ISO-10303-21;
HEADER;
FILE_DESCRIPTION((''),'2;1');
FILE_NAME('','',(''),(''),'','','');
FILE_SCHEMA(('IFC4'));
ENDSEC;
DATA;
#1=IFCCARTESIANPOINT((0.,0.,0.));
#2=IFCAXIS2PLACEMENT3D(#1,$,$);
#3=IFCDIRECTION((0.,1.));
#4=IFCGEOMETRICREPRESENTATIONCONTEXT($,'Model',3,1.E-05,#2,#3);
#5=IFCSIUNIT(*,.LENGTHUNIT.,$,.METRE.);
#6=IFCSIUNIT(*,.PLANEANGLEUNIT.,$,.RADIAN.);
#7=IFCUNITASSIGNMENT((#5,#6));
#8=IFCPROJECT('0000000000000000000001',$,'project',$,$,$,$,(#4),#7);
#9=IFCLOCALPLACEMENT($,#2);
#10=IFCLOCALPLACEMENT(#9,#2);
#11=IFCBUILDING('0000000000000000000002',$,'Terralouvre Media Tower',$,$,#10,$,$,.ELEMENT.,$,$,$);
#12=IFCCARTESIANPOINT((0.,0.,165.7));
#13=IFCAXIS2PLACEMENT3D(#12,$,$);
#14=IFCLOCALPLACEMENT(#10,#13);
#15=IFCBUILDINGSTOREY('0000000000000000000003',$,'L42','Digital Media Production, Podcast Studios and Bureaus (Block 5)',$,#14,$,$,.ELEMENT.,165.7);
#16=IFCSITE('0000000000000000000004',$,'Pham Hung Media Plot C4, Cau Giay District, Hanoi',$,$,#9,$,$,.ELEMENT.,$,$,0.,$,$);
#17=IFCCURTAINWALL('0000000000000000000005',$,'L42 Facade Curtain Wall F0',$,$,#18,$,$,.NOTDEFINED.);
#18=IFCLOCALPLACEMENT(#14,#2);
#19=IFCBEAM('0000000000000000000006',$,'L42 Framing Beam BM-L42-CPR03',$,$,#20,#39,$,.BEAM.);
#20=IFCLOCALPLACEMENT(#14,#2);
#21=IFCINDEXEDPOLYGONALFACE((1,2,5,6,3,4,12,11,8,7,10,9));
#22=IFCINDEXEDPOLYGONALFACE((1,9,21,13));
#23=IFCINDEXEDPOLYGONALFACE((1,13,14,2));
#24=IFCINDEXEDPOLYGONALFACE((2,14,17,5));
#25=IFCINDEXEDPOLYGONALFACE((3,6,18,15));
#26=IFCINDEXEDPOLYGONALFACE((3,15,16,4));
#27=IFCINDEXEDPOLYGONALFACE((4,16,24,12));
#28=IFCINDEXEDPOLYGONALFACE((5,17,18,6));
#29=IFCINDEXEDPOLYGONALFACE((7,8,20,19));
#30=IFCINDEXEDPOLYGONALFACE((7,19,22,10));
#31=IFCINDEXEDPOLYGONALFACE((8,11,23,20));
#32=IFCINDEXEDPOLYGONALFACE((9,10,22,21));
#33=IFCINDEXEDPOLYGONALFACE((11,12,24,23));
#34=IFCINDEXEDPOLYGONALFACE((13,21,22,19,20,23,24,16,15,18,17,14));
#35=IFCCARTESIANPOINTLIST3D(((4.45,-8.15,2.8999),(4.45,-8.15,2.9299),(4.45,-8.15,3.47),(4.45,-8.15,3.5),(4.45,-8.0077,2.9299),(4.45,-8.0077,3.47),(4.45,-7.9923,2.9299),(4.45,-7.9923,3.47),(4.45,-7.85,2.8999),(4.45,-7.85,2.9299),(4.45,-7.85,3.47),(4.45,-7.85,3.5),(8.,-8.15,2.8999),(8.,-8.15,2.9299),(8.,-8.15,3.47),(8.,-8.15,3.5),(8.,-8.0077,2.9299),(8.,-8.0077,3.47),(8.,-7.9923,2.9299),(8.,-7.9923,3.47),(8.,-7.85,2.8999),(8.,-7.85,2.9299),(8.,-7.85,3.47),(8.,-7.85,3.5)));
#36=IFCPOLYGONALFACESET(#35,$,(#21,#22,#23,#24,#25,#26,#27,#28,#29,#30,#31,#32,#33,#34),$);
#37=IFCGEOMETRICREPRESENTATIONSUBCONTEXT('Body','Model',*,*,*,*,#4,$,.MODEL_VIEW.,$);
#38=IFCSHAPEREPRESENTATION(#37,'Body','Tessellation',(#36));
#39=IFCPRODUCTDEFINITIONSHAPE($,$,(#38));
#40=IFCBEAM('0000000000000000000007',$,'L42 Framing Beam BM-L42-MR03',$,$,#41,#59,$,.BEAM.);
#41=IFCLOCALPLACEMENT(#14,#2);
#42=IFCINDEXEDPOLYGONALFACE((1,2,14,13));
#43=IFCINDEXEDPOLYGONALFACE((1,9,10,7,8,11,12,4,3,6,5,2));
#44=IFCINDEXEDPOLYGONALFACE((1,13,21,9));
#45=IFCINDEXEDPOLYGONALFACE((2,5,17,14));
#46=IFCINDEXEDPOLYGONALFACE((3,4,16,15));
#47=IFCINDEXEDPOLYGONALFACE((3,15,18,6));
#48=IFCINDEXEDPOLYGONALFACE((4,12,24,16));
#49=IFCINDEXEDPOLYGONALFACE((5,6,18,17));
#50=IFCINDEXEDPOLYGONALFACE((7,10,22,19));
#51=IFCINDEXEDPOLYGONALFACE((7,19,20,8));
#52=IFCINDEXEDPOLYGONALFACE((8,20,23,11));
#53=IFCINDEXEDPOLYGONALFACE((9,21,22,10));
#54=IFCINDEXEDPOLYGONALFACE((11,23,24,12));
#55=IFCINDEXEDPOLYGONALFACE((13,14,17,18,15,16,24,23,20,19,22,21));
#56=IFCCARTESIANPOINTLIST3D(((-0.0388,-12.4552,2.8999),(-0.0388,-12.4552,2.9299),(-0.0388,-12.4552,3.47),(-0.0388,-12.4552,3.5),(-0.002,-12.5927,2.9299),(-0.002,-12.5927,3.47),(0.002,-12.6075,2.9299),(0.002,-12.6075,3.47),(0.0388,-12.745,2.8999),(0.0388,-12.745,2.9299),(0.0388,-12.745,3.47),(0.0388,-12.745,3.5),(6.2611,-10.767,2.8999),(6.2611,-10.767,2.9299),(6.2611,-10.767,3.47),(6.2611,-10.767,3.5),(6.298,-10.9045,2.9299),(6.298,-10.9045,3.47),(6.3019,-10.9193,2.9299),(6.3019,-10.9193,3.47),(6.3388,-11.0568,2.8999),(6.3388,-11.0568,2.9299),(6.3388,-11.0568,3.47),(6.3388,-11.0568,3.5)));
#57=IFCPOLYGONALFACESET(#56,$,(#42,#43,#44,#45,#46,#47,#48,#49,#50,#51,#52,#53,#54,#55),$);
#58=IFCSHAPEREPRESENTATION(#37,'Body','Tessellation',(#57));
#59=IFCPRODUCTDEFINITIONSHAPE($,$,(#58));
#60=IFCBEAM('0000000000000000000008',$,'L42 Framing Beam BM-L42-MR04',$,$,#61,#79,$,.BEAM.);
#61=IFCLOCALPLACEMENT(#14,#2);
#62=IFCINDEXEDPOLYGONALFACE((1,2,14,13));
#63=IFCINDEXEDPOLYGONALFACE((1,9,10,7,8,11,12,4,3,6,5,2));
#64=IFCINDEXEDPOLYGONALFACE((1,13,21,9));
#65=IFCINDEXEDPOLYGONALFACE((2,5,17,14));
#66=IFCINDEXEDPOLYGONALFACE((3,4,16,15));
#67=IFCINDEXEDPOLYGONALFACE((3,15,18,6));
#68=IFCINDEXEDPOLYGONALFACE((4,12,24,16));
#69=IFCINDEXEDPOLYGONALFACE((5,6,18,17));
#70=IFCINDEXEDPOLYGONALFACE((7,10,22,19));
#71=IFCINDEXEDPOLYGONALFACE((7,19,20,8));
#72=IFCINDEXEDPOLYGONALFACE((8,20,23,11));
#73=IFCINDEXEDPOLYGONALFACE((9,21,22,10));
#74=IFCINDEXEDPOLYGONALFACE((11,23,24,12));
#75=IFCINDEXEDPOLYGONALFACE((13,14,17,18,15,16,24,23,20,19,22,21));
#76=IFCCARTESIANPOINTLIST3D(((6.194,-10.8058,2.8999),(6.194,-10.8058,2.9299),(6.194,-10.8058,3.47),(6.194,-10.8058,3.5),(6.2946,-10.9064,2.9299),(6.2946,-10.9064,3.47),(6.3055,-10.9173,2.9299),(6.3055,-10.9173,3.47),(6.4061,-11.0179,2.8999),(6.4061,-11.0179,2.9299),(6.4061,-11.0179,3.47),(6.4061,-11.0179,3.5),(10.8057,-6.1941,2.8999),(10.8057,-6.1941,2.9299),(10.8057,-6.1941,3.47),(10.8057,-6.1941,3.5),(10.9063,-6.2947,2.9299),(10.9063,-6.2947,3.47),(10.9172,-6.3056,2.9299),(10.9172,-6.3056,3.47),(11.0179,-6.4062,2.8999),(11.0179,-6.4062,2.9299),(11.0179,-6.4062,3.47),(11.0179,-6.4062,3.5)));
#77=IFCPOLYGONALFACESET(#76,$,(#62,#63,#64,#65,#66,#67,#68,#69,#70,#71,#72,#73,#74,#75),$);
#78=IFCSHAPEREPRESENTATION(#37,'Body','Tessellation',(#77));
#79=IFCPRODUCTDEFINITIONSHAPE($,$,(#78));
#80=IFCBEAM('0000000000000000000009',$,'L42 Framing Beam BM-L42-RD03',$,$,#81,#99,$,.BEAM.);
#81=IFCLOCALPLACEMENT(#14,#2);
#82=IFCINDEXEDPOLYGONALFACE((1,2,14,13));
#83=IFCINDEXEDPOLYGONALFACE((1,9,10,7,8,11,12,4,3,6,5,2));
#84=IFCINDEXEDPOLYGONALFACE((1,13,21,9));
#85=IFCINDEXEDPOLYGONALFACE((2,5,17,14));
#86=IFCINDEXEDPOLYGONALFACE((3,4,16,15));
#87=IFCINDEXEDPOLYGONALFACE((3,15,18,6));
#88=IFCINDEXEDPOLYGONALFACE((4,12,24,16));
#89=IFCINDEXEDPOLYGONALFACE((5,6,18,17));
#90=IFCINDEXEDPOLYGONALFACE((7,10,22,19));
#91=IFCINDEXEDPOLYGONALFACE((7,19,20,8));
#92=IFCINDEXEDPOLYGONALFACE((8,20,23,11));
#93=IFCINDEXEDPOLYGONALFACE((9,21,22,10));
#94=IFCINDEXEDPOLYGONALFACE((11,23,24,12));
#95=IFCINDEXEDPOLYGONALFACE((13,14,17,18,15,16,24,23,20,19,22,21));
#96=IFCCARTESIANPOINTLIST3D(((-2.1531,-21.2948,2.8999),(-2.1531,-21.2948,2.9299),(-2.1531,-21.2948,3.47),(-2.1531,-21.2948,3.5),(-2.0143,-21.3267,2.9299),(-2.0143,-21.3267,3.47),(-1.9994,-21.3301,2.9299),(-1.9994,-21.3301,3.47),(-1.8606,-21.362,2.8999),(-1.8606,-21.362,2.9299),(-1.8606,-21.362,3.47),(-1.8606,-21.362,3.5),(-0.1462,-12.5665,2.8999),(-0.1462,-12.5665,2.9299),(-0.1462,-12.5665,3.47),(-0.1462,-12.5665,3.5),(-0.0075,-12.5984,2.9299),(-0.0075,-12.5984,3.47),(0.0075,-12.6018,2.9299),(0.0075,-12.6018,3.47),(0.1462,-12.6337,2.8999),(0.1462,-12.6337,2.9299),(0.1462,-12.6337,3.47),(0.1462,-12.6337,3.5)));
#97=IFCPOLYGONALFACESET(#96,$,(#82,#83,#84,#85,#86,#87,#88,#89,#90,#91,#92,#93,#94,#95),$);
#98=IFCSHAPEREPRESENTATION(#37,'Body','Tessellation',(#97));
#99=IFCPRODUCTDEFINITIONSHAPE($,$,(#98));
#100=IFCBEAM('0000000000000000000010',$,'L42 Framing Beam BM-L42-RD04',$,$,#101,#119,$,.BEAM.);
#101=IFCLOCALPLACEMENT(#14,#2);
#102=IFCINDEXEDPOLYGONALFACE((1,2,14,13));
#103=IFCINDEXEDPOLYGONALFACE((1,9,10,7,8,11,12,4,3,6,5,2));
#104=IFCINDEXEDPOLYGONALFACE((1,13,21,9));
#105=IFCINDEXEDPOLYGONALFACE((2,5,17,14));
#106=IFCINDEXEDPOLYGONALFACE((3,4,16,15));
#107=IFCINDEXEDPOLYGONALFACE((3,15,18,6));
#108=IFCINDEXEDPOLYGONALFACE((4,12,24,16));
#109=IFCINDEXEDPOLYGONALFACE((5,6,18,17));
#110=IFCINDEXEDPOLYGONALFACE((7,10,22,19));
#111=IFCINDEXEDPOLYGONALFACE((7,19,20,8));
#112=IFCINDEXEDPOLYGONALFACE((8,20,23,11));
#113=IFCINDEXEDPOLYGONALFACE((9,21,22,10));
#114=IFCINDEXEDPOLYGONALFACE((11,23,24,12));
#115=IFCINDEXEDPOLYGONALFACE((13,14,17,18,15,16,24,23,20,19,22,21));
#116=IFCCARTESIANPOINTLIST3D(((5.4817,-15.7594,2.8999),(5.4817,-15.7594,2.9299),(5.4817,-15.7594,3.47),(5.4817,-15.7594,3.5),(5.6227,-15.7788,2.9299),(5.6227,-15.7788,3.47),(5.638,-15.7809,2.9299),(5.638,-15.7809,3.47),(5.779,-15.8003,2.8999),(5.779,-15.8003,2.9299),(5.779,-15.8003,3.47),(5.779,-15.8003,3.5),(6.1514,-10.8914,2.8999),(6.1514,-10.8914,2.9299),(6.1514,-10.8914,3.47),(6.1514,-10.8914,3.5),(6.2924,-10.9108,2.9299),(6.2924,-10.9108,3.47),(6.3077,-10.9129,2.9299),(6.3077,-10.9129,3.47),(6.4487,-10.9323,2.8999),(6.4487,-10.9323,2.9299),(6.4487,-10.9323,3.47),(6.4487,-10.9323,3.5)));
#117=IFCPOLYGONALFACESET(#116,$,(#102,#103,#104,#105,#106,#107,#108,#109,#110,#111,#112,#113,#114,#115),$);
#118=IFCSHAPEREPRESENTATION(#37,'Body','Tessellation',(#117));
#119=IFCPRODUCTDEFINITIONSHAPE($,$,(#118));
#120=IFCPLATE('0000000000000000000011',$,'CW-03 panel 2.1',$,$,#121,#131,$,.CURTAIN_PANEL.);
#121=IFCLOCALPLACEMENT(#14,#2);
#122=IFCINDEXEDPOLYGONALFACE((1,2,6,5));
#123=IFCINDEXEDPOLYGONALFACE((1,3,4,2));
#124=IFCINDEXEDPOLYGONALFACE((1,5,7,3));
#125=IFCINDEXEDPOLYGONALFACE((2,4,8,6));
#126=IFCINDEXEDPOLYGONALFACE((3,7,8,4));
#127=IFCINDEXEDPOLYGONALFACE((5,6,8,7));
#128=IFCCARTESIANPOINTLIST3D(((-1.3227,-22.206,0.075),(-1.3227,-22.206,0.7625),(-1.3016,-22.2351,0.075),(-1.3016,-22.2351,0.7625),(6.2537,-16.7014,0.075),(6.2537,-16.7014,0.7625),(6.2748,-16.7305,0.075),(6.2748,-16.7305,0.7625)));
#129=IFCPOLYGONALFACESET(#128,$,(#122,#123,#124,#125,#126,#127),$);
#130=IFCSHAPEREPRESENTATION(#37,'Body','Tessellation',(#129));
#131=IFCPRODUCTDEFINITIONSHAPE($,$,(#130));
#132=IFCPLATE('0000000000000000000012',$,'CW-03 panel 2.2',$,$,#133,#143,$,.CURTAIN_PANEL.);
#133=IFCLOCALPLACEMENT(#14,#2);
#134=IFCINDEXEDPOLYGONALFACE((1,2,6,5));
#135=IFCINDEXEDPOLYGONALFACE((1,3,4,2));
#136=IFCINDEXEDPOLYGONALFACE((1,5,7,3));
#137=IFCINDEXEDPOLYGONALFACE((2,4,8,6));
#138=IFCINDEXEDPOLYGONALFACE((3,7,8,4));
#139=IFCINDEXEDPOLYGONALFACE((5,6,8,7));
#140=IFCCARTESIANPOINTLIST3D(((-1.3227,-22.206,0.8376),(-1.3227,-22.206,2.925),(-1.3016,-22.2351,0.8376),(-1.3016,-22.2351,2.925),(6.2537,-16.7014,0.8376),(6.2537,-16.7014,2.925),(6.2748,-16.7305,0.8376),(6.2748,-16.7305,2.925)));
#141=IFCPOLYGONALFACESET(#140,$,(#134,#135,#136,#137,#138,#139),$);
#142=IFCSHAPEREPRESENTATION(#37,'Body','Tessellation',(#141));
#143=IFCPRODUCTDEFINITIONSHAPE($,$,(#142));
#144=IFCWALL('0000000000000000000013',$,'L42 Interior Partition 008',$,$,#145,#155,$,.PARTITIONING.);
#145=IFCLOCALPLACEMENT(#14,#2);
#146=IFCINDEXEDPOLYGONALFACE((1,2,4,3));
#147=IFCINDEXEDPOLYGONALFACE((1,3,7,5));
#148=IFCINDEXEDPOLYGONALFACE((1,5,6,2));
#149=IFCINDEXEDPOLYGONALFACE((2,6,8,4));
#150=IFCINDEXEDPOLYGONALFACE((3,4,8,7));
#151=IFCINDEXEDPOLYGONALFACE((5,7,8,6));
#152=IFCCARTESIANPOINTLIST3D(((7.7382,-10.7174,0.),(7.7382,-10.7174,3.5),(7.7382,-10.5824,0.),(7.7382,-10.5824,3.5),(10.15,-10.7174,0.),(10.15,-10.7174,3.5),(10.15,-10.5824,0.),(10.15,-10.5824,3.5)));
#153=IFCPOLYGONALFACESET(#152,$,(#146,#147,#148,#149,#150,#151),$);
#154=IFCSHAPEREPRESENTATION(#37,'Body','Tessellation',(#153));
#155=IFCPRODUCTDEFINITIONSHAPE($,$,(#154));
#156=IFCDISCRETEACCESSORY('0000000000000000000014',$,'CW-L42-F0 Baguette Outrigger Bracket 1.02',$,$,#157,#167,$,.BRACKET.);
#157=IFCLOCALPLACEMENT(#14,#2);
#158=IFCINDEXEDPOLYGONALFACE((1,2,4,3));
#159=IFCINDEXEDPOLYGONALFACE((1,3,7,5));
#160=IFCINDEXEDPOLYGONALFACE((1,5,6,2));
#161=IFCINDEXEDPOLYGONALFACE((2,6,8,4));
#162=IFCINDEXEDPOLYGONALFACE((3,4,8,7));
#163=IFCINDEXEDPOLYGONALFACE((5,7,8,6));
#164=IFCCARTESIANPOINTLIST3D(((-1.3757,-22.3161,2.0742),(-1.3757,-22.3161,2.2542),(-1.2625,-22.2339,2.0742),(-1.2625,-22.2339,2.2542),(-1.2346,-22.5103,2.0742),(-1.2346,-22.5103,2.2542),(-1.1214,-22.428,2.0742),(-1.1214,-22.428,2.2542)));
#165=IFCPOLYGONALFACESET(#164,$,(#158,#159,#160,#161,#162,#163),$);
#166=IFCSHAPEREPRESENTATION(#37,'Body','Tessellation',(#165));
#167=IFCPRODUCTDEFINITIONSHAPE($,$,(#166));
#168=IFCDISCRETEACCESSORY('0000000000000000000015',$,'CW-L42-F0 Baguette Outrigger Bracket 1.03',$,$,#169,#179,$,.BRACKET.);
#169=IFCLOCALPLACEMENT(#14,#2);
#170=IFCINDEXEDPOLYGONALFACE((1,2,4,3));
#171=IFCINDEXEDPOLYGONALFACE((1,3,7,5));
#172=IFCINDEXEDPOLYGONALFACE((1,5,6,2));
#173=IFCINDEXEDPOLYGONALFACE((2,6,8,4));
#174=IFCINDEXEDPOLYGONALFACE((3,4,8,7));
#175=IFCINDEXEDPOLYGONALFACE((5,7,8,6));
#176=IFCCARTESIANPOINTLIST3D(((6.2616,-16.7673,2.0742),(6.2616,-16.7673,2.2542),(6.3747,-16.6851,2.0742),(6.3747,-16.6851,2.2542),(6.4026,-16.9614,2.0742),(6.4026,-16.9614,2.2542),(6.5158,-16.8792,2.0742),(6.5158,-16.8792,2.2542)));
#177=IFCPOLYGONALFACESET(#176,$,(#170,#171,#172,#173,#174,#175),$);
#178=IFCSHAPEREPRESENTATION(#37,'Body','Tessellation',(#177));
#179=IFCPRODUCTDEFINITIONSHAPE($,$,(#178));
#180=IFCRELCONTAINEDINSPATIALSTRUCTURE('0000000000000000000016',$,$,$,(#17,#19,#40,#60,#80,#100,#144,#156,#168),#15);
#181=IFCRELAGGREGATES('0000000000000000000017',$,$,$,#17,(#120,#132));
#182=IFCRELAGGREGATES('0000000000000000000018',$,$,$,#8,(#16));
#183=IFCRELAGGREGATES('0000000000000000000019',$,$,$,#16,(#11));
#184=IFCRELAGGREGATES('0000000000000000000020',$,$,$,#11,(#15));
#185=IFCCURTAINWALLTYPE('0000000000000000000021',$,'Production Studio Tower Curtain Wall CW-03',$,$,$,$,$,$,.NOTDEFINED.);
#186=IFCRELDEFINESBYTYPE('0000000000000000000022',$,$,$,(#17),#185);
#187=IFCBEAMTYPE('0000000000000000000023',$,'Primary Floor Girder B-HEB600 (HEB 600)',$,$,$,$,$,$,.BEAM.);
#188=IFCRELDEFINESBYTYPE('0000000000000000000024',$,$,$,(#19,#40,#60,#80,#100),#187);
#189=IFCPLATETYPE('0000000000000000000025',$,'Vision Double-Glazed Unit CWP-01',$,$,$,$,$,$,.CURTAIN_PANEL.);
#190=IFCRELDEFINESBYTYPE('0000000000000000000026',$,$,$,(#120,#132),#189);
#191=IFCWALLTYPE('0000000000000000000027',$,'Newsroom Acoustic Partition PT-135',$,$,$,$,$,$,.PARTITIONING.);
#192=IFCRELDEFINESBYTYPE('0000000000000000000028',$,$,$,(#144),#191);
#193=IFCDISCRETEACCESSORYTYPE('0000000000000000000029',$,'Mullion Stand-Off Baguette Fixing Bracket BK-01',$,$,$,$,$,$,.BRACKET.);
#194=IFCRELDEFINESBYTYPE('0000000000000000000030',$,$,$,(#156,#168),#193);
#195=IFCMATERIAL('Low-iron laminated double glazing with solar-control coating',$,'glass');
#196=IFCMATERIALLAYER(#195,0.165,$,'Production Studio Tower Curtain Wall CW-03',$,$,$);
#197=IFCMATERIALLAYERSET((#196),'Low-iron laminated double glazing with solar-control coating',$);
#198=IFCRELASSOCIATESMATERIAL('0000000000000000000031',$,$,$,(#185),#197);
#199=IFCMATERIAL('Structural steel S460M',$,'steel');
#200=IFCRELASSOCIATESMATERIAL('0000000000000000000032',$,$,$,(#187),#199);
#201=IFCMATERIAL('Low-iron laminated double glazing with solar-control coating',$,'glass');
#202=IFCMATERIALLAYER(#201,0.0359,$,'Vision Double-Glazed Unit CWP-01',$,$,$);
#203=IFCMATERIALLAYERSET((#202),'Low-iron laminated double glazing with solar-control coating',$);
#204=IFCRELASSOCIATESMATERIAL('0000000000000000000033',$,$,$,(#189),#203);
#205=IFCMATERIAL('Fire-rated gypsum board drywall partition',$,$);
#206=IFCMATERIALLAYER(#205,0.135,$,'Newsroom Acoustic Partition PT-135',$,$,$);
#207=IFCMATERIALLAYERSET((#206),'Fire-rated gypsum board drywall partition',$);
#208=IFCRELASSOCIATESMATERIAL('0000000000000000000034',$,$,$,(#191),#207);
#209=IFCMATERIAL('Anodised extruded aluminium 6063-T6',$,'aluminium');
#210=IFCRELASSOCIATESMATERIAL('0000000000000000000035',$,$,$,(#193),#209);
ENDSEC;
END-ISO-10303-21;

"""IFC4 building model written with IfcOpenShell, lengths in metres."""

from ifc_helpers import new_model, si_unit, direction, frame, frame_2d, origin, origin_2d, place, context, subcontext, project, spatial, rectangle, i_section, extrude, material, layer, layer_set, material_profile, profile_set, type_object, element, aggregate, save


model = new_model("IFC4")

# Units and contexts
model_context = context("Model", 3, precision=1e-05, world=origin(), true_north=direction((0.0, 1.0)))
body_context = subcontext(model_context, "Body", "Model", "MODEL_VIEW")
ifc_project = project(units=[si_unit("LENGTHUNIT", "METRE"), si_unit("PLANEANGLEUNIT", "RADIAN")], contexts=[model_context])

# Site, building, storey
site_placement = place(None, origin())
site = spatial("IfcSite", under=ifc_project, at=site_placement, Name="Pham Hung Media Plot C4, Cau Giay District, Hanoi", CompositionType="ELEMENT", RefElevation=0.0)
building_placement = place(site_placement, origin())
building = spatial("IfcBuilding", under=site, at=building_placement, Name="Terralouvre Media Tower", CompositionType="ELEMENT")
storey_placement = place(building_placement, frame((0.0, 0.0, 165.7)))
storey = spatial("IfcBuildingStorey", under=building, at=storey_placement, Name="L42", Description="Digital Media Production, Podcast Studios and Bureaus (Block 5)", CompositionType="ELEMENT", Elevation=165.7)

# Curtain wall
ifc_material_1 = material(Name="Low-iron laminated double glazing with solar-control coating", Category="glass")
ifc_layer_1 = layer(ifc_material_1, 0.165, Name="Production Studio Tower Curtain Wall CW-03")
ifc_layer_set_1 = layer_set([ifc_layer_1], Name="Low-iron laminated double glazing with solar-control coating")
curtain_wall_type = type_object("IfcCurtainWallType", Name="Production Studio Tower Curtain Wall CW-03", PredefinedType="NOTDEFINED", material=ifc_layer_set_1)
curtain_wall_placement = place(storey_placement, origin())
curtain_wall = element("IfcCurtainWall", 1, at=curtain_wall_placement, inside=storey, type_object=curtain_wall_type, Name="L42 Facade Curtain Wall F0", PredefinedType="NOTDEFINED")

# Beams
ifc_material_2 = material(Name="Structural steel S460M", Category="steel")
ifc_material_profile_1 = material_profile(ifc_material_2, i_section(OverallWidth=0.3, OverallDepth=0.6001, WebThickness=0.0154, FlangeThickness=0.03, at=origin_2d()), Name="HEB 600")
ifc_profile_set_1 = profile_set([ifc_material_profile_1], Name="Structural steel S460M")
beam_type_1 = type_object("IfcBeamType", Name="Primary Floor Girder B-HEB600 (HEB 600)", PredefinedType="BEAM", material=ifc_profile_set_1)
beam_1_placement = place(storey_placement, frame((4.45, -8.0, 3.2), z_axis=(1.0, 0.0, 0.0), x_axis=(0.0, 1.0, 0.0)))
element("IfcBeam", 2, at=beam_1_placement, inside=storey, type_object=beam_type_1, Name="L42 Framing Beam BM-L42-CPR03", PredefinedType="BEAM", context=body_context, shape_type="SweptSolid", body=[
    extrude(i_section(OverallWidth=0.3, OverallDepth=0.6001, WebThickness=0.0154, FlangeThickness=0.03, at=origin_2d()), origin(), (0.0, 0.0, 1.0), 3.55),
])
beam_2_placement = place(storey_placement, frame((0.0, -12.6001, 3.2), z_axis=(0.96592, 0.258839, 0.0), x_axis=(-0.258839, 0.96592, 0.0)))
element("IfcBeam", 3, at=beam_2_placement, inside=storey, type_object=beam_type_1, Name="L42 Framing Beam BM-L42-MR03", PredefinedType="BEAM", context=body_context, shape_type="SweptSolid", body=[
    extrude(i_section(OverallWidth=0.3, OverallDepth=0.6001, WebThickness=0.0154, FlangeThickness=0.03, at=origin_2d()), origin(), (0.0, 0.0, 1.0), 6.5222),
])
beam_3_placement = place(storey_placement, frame((6.3, -10.9119, 3.2), z_axis=(0.707107, 0.707107, 0.0), x_axis=(-0.707107, 0.707107, 0.0)))
element("IfcBeam", 4, at=beam_3_placement, inside=storey, type_object=beam_type_1, Name="L42 Framing Beam BM-L42-MR04", PredefinedType="BEAM", context=body_context, shape_type="SweptSolid", body=[
    extrude(i_section(OverallWidth=0.3, OverallDepth=0.6001, WebThickness=0.0154, FlangeThickness=0.03, at=origin_2d()), origin(), (0.0, 0.0, 1.0), 6.522),
])
beam_4_placement = place(storey_placement, frame((0.0, -12.6001, 3.2), z_axis=(-0.224077, -0.974571, 0.0), x_axis=(0.974571, -0.224077, 0.0)))
element("IfcBeam", 5, at=beam_4_placement, inside=storey, type_object=beam_type_1, Name="L42 Framing Beam BM-L42-RD03", PredefinedType="BEAM", context=body_context, shape_type="SweptSolid", body=[
    extrude(i_section(OverallWidth=0.3, OverallDepth=0.6001, WebThickness=0.0154, FlangeThickness=0.03, at=origin_2d()), origin(), (0.0, 0.0, 1.0), 8.9561),
])
beam_5_placement = place(storey_placement, frame((6.3, -10.9119, 3.2), z_axis=(-0.136286, -0.99067, 0.0), x_axis=(0.99067, -0.136286, 0.0)))
element("IfcBeam", 6, at=beam_5_placement, inside=storey, type_object=beam_type_1, Name="L42 Framing Beam BM-L42-RD04", PredefinedType="BEAM", context=body_context, shape_type="SweptSolid", body=[
    extrude(i_section(OverallWidth=0.3, OverallDepth=0.6001, WebThickness=0.0154, FlangeThickness=0.03, at=origin_2d()), origin(), (0.0, 0.0, 1.0), 4.9138),
])

# Plates
ifc_material_3 = material(Name="Low-iron laminated double glazing with solar-control coating", Category="glass")
ifc_layer_2 = layer(ifc_material_3, 0.0359, Name="Vision Double-Glazed Unit CWP-01")
ifc_layer_set_2 = layer_set([ifc_layer_2], Name="Low-iron laminated double glazing with solar-control coating")
plate_type = type_object("IfcPlateType", Name="Vision Double-Glazed Unit CWP-01", PredefinedType="CURTAIN_PANEL", material=ifc_layer_set_2)
plate_1_placement = place(storey_placement, frame((2.4761, -19.4683, 0.075), z_axis=(0.0, 0.0, 1.0), x_axis=(0.809017, 0.587785, 0.0)))
plate_1 = element("IfcPlate", 7, at=plate_1_placement, type_object=plate_type, Name="CW-03 panel 2.1", PredefinedType="CURTAIN_PANEL", context=body_context, shape_type="SweptSolid", body=[
    extrude(rectangle(XDim=9.365, YDim=0.0359, at=origin_2d()), origin(), (0.0, 0.0, 1.0), 0.6875),
])
plate_2_placement = place(storey_placement, frame((2.4761, -19.4683, 0.8376), z_axis=(0.0, 0.0, 1.0), x_axis=(0.809017, 0.587785, 0.0)))
plate_2 = element("IfcPlate", 8, at=plate_2_placement, type_object=plate_type, Name="CW-03 panel 2.2", PredefinedType="CURTAIN_PANEL", context=body_context, shape_type="SweptSolid", body=[
    extrude(rectangle(XDim=9.365, YDim=0.0359, at=origin_2d()), origin(), (0.0, 0.0, 1.0), 2.0874),
])
aggregate(curtain_wall, [plate_1, plate_2])

# Wall
ifc_material_4 = material(Name="Fire-rated gypsum board drywall partition")
ifc_layer_3 = layer(ifc_material_4, 0.135, Name="Newsroom Acoustic Partition PT-135")
ifc_layer_set_3 = layer_set([ifc_layer_3], Name="Fire-rated gypsum board drywall partition")
wall_type = type_object("IfcWallType", Name="Newsroom Acoustic Partition PT-135", PredefinedType="PARTITIONING", material=ifc_layer_set_3)
wall_placement = place(storey_placement, frame((7.738, -10.6499, 0.0), z_axis=(0.0, 0.0, 1.0), x_axis=(1.0, 0.0, 0.0)))
element("IfcWall", 9, at=wall_placement, inside=storey, type_object=wall_type, Name="L42 Interior Partition 008", PredefinedType="PARTITIONING", context=body_context, shape_type="SweptSolid", body=[
    extrude(rectangle(XDim=2.4119, YDim=0.135, at=frame_2d((1.2061, 0.0))), origin(), (0.0, 0.0, 1.0), 3.5),
])

# Discrete accessories
ifc_material_5 = material(Name="Anodised extruded aluminium 6063-T6", Category="aluminium")
discrete_accessory_type = type_object("IfcDiscreteAccessoryType", Name="Mullion Stand-Off Baguette Fixing Bracket BK-01", PredefinedType="BRACKET", material=ifc_material_5)
for number, where, z_axis, x_axis, name in (
    (10, (-1.2485, -22.3721, 2.0742), (0.0, 0.0, 1.0), (0.809017, 0.587785, 0.0), "CW-L42-F0 Baguette Outrigger Bracket 1.02"),
    (11, (6.3887, -16.8232, 2.0742), (0.0, 0.0, 1.0), (0.809017, 0.587785, 0.0), "CW-L42-F0 Baguette Outrigger Bracket 1.03"),
):
    element("IfcDiscreteAccessory", number, at=place(storey_placement, frame(where, z_axis=z_axis, x_axis=x_axis)), inside=storey, type_object=discrete_accessory_type, Name=name, PredefinedType="BRACKET", context=body_context, shape_type="SweptSolid", body=[
        extrude(rectangle(XDim=0.1399, YDim=0.24, at=origin_2d()), origin(), (0.0, 0.0, 1.0), 0.1799),
    ])

save(model, "model.ifc")
